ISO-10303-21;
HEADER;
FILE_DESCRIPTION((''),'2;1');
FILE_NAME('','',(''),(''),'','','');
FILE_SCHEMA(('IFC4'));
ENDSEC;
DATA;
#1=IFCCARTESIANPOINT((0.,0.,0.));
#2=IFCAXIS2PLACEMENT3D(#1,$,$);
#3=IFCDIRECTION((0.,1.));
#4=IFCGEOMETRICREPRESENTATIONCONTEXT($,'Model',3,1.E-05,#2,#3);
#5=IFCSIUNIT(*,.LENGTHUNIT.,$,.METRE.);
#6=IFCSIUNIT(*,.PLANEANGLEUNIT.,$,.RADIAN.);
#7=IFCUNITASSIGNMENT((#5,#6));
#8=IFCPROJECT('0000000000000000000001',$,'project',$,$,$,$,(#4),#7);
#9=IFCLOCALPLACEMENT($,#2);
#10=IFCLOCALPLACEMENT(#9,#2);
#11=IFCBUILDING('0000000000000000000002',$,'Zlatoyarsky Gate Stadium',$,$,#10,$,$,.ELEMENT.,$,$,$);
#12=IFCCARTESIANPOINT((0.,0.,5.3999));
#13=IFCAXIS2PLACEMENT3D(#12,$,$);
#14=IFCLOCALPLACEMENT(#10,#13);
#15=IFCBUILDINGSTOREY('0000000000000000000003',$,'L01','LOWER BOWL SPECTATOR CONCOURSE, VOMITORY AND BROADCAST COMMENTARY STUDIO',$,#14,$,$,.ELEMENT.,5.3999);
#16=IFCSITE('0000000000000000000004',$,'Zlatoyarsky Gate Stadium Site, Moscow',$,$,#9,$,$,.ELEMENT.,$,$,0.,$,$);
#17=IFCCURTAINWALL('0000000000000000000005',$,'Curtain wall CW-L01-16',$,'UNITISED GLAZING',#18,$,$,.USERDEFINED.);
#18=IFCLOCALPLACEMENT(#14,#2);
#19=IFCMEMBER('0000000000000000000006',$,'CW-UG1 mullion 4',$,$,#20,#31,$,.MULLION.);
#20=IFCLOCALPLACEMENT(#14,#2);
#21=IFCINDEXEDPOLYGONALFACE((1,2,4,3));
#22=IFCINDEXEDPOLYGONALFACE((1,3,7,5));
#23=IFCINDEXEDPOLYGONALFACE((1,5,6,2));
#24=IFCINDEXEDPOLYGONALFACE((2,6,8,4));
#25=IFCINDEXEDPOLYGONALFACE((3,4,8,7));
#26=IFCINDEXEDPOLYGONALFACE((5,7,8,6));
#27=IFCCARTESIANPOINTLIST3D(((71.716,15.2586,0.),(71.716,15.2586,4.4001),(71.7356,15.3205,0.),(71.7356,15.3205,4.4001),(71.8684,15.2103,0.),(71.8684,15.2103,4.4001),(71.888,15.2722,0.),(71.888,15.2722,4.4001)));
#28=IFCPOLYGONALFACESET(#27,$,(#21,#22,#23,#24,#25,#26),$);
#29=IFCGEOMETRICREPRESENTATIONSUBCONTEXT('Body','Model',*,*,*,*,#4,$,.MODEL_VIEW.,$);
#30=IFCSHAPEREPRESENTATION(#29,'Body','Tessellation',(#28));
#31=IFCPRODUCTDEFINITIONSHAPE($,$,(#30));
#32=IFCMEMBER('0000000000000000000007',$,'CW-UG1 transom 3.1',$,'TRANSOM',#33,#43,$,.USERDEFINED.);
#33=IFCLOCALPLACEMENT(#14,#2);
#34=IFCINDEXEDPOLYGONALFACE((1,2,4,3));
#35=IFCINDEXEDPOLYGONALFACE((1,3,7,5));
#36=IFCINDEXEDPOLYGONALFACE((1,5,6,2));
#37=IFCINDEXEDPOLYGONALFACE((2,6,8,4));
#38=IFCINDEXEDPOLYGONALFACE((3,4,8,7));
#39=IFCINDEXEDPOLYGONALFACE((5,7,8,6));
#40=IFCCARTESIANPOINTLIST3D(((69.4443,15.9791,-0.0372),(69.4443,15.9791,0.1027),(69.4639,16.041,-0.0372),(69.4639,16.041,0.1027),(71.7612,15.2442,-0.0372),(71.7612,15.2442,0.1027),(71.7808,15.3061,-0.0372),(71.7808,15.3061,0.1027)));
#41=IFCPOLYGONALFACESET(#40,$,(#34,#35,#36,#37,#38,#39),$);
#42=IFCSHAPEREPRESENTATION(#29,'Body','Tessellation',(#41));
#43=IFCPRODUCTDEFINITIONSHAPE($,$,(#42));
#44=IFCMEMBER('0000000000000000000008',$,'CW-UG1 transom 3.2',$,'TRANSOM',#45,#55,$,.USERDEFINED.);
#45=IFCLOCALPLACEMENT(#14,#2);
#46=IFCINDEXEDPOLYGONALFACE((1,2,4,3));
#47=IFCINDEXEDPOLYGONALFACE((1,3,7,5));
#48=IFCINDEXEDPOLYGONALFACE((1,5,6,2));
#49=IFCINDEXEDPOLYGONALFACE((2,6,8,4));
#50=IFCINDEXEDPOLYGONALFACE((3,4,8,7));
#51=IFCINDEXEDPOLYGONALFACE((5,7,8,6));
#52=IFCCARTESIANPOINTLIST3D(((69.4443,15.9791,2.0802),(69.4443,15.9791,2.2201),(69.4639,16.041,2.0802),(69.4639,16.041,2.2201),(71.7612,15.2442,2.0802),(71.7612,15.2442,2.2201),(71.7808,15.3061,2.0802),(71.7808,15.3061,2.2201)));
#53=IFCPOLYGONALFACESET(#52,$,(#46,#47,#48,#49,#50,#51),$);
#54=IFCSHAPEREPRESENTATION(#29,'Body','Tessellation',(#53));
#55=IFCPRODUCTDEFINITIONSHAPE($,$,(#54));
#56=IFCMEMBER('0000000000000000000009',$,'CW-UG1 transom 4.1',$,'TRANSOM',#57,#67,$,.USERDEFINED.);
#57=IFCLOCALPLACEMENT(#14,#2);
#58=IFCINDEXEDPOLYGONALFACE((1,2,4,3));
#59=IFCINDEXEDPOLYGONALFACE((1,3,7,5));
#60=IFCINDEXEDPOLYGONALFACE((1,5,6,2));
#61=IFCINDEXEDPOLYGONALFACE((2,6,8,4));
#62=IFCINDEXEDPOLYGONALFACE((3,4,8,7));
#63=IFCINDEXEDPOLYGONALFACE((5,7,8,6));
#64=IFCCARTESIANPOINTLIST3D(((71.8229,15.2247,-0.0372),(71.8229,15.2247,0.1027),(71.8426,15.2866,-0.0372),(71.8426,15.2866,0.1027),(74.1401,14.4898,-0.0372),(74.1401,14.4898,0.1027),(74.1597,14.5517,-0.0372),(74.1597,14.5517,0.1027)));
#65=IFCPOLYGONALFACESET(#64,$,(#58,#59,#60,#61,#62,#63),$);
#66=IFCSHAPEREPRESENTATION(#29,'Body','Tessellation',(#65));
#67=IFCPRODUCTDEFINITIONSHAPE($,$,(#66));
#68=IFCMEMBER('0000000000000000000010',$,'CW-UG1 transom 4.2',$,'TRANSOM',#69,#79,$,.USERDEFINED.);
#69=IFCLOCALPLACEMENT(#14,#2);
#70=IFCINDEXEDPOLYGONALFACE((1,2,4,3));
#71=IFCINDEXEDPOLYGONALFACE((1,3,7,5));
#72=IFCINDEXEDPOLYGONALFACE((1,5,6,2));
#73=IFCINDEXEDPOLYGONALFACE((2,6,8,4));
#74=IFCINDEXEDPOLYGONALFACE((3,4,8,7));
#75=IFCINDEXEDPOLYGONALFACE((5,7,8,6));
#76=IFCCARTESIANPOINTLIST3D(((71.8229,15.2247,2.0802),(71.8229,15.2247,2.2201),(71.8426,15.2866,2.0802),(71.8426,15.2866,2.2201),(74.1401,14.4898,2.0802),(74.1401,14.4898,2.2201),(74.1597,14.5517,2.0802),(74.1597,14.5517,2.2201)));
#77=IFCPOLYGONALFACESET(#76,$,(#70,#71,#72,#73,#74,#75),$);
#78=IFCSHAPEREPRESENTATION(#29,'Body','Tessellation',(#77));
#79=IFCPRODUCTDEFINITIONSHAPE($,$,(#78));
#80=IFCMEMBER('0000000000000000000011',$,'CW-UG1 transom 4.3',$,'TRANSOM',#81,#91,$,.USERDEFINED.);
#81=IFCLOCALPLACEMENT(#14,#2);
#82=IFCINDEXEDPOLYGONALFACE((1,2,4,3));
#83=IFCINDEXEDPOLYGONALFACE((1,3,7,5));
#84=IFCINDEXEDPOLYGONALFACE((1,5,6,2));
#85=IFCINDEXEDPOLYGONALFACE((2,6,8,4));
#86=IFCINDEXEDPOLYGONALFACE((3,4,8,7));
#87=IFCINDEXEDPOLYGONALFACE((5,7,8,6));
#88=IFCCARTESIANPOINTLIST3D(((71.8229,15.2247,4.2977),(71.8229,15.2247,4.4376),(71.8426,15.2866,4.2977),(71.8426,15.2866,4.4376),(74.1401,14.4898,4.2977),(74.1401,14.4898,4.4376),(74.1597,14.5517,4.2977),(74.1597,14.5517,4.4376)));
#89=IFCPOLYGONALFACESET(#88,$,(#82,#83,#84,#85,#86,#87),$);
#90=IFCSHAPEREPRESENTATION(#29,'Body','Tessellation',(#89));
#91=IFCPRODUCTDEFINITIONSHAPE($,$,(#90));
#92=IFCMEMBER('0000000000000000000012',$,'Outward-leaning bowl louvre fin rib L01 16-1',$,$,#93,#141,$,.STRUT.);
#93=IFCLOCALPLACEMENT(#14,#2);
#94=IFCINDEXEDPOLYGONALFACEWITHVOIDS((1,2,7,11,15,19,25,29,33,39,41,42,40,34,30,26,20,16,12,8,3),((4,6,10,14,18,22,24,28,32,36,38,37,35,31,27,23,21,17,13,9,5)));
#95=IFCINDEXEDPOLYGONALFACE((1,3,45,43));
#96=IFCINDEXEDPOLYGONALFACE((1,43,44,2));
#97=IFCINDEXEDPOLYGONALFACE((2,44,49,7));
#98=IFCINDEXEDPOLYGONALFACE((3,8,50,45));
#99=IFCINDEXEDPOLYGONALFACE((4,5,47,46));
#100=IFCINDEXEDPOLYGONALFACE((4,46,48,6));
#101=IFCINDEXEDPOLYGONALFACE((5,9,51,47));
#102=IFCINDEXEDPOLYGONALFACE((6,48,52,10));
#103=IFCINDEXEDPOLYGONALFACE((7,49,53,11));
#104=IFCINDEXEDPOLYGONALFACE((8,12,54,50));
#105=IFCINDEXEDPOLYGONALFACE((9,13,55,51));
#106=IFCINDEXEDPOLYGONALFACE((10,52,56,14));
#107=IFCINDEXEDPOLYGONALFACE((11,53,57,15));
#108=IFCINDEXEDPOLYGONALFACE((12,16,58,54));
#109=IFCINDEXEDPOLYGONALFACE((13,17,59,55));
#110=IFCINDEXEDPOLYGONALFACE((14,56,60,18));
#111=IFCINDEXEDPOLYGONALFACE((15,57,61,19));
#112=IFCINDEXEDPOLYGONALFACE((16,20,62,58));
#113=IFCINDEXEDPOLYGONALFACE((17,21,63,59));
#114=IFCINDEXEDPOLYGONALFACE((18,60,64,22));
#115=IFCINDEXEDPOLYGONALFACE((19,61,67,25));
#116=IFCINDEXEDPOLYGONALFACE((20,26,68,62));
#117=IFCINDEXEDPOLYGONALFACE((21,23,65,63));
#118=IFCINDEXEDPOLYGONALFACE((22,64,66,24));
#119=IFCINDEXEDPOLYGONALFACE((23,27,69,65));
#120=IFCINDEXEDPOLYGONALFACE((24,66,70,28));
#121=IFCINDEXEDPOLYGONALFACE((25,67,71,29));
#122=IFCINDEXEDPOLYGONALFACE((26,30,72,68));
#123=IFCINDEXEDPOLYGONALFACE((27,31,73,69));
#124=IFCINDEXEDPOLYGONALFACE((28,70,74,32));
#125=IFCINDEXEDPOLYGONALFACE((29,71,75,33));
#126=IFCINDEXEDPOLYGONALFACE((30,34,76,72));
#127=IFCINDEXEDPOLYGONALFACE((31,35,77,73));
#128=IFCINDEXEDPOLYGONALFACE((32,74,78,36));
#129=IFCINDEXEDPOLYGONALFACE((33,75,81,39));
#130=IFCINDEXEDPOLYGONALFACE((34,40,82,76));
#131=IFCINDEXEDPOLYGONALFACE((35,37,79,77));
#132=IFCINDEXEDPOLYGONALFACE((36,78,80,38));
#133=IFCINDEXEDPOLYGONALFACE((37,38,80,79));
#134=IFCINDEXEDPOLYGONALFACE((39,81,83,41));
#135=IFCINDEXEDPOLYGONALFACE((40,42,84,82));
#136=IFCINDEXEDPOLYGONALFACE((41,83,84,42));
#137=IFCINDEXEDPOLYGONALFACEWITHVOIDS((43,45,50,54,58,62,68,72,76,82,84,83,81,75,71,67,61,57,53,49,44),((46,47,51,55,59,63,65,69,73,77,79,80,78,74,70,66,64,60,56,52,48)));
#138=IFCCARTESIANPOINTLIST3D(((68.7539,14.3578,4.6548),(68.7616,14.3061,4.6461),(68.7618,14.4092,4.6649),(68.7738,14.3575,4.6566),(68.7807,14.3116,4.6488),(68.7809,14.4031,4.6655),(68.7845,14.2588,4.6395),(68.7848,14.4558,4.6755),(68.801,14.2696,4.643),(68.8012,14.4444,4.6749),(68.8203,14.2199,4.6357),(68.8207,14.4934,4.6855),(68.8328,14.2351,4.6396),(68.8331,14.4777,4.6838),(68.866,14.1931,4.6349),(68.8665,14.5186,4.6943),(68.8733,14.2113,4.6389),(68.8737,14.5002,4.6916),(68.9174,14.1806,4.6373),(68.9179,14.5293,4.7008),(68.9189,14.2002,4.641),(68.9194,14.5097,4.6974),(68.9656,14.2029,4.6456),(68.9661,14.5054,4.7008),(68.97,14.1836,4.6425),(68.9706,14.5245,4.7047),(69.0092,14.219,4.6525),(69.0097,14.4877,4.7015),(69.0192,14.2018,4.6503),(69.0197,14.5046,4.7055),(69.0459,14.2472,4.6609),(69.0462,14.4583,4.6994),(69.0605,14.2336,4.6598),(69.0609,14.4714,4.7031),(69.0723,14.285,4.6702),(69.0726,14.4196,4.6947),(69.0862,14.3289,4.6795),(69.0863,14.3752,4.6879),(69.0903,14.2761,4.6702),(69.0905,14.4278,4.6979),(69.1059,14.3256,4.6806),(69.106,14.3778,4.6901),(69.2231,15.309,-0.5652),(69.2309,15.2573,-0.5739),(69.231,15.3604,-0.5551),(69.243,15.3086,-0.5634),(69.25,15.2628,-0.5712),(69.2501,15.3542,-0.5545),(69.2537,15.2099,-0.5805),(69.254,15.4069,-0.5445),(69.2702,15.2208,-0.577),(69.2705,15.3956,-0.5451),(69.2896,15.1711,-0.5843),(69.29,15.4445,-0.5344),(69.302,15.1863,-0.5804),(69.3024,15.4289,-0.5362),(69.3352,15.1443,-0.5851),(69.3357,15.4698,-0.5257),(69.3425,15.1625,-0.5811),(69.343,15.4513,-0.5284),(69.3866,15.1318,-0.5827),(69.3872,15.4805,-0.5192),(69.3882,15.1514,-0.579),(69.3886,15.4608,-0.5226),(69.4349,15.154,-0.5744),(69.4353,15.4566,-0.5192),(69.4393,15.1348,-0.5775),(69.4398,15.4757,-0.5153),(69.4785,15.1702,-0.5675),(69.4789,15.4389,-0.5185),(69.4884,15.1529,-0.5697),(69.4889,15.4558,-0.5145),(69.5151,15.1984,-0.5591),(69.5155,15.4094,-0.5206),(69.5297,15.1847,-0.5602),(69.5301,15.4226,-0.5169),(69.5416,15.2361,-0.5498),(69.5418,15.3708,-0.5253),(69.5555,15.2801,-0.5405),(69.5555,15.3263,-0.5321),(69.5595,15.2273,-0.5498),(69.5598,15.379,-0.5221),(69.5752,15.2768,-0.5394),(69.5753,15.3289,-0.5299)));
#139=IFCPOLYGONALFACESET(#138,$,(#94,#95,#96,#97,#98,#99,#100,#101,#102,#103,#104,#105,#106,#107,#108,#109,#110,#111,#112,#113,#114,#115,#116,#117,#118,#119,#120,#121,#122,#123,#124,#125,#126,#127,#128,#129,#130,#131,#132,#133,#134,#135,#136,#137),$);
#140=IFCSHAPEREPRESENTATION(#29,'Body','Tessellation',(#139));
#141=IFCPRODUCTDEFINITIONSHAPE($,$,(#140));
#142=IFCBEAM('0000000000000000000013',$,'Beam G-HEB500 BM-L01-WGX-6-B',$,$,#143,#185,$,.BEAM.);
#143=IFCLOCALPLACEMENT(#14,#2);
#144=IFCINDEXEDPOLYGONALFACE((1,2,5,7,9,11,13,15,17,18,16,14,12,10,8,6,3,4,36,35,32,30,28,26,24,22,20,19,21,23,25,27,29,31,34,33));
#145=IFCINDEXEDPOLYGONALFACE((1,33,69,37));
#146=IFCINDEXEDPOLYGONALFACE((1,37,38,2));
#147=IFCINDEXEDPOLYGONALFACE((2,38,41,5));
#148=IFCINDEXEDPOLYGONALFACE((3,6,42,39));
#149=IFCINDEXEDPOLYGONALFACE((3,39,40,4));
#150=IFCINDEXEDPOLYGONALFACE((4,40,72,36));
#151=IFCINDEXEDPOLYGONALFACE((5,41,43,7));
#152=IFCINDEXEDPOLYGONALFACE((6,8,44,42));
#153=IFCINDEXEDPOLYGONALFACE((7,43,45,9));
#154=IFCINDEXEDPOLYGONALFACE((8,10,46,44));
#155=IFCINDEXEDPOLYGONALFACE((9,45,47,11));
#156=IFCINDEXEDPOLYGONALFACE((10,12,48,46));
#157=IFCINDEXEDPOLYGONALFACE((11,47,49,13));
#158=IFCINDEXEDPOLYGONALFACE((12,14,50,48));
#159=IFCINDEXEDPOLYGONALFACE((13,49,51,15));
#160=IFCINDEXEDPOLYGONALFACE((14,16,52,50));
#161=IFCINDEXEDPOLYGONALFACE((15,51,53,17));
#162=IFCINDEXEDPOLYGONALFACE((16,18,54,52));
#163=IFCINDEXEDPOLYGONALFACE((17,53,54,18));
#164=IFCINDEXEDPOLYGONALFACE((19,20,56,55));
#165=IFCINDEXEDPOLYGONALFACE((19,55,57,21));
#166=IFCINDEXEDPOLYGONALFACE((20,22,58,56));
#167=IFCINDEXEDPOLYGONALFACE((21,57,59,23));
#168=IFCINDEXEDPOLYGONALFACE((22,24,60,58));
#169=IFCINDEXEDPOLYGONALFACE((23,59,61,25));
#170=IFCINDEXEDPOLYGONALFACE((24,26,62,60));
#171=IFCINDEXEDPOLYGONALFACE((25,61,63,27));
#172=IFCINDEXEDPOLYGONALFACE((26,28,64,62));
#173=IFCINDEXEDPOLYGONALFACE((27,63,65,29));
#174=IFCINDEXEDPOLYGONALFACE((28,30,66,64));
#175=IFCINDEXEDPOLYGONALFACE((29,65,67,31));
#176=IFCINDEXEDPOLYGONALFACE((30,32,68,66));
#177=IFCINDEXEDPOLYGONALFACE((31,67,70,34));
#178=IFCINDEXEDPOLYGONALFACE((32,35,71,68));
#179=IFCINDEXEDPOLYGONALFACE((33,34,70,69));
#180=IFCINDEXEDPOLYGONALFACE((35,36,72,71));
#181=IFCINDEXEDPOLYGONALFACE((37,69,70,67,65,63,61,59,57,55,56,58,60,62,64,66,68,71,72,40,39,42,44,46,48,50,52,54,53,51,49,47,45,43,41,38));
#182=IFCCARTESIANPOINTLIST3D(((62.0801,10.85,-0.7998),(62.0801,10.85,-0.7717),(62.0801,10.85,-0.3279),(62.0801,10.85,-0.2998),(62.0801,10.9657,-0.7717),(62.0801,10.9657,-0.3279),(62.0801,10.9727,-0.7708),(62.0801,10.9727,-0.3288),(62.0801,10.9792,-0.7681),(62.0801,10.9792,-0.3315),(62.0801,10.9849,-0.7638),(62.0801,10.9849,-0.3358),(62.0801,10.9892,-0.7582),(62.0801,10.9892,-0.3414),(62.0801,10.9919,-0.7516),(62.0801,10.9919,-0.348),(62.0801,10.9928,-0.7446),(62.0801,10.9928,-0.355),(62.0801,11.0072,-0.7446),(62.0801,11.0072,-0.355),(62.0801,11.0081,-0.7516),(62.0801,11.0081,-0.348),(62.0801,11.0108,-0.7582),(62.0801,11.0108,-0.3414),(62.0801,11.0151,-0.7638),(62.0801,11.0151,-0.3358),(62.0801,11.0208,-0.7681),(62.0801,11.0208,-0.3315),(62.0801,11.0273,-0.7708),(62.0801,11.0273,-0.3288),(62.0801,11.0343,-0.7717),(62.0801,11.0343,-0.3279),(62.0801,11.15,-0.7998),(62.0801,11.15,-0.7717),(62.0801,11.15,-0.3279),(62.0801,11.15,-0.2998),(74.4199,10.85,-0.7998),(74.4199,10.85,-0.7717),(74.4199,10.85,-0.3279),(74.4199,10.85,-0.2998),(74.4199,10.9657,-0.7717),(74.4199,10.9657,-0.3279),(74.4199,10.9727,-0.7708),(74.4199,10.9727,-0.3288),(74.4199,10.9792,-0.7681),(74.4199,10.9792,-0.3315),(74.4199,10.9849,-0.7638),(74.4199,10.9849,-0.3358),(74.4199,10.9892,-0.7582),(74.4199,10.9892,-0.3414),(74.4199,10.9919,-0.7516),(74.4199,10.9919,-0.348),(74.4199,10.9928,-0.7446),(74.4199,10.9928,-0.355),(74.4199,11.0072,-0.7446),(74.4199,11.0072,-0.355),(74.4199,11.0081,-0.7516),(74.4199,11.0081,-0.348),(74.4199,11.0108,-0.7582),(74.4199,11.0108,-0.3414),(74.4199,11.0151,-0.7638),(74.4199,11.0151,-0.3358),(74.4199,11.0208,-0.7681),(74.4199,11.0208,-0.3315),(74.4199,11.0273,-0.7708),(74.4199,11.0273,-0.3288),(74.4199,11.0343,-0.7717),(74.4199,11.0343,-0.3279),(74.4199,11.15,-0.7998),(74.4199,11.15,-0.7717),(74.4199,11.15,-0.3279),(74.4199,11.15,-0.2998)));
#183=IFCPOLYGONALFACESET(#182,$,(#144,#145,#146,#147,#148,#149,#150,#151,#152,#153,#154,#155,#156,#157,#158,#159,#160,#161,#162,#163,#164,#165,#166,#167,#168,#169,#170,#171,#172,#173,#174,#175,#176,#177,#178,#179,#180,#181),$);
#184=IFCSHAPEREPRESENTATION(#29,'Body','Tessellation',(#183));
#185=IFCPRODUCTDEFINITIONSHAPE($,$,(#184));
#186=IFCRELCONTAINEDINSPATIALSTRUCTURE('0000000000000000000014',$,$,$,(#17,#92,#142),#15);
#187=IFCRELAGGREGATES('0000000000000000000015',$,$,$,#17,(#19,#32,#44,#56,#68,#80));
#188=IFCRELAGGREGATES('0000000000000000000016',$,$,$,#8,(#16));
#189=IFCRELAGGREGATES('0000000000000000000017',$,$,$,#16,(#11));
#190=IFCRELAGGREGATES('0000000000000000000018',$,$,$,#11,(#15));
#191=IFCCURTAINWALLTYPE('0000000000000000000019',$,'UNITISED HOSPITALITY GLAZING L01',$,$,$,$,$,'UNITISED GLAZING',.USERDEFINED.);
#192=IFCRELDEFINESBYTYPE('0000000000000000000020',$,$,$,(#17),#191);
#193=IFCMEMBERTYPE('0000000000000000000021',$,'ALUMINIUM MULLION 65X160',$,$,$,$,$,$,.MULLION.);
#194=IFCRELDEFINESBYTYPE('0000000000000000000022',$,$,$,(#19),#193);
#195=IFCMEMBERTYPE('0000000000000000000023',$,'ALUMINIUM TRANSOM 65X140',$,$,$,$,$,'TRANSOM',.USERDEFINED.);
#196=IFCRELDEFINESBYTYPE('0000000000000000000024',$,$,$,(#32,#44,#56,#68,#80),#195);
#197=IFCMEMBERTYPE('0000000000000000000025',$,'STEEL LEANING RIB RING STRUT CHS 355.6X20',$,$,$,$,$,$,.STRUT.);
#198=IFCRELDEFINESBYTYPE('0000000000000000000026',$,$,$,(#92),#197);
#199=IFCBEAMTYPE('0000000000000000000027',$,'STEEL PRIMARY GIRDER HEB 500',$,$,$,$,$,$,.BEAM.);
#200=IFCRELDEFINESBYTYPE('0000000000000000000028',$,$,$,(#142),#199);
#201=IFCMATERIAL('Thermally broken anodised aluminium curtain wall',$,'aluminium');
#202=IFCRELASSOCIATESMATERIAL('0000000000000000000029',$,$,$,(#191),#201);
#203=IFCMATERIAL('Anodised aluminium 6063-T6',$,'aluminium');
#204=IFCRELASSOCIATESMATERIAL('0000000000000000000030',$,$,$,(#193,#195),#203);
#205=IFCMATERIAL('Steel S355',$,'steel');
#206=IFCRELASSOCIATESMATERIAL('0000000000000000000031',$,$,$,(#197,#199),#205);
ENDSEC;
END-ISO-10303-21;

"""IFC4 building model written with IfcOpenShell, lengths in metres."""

from ifc_helpers import new_model, si_unit, direction, frame, origin, origin_2d, place, context, subcontext, project, spatial, rectangle, hollow_circle, i_section, extrude, material, material_profile, profile_set, type_object, element, aggregate, save


model = new_model("IFC4")

# Units and contexts
model_context = context("Model", 3, precision=1e-05, world=origin(), true_north=direction((0.0, 1.0)))
body_context = subcontext(model_context, "Body", "Model", "MODEL_VIEW")
ifc_project = project(units=[si_unit("LENGTHUNIT", "METRE"), si_unit("PLANEANGLEUNIT", "RADIAN")], contexts=[model_context])

# Site, building, storey
site_placement = place(None, origin())
site = spatial("IfcSite", under=ifc_project, at=site_placement, Name="Zlatoyarsky Gate Stadium Site, Moscow", CompositionType="ELEMENT", RefElevation=0.0)
building_placement = place(site_placement, origin())
building = spatial("IfcBuilding", under=site, at=building_placement, Name="Zlatoyarsky Gate Stadium", CompositionType="ELEMENT")
storey_placement = place(building_placement, frame((0.0, 0.0, 5.3999)))
storey = spatial("IfcBuildingStorey", under=building, at=storey_placement, Name="L01", Description="LOWER BOWL SPECTATOR CONCOURSE, VOMITORY AND BROADCAST COMMENTARY STUDIO", CompositionType="ELEMENT", Elevation=5.3999)

# Curtain wall, members
ifc_material_1 = material(Name="Thermally broken anodised aluminium curtain wall", Category="aluminium")
curtain_wall_type = type_object("IfcCurtainWallType", Name="UNITISED HOSPITALITY GLAZING L01", ElementType="UNITISED GLAZING", PredefinedType="USERDEFINED", material=ifc_material_1)
curtain_wall_placement = place(storey_placement, origin())
curtain_wall = element("IfcCurtainWall", 1, at=curtain_wall_placement, inside=storey, type_object=curtain_wall_type, Name="Curtain wall CW-L01-16", ObjectType="UNITISED GLAZING", PredefinedType="USERDEFINED")
ifc_material_2 = material(Name="Anodised aluminium 6063-T6", Category="aluminium")
ifc_material_profile_1 = material_profile(ifc_material_2, rectangle(XDim=0.0649, YDim=0.1599, at=origin_2d()), Name="ALU 65X160")
ifc_profile_set_1 = profile_set([ifc_material_profile_1], Name="Anodised aluminium 6063-T6")
member_type_1 = type_object("IfcMemberType", Name="ALUMINIUM MULLION 65X160", PredefinedType="MULLION", material=ifc_profile_set_1)
member_1_placement = place(storey_placement, frame((71.802, 15.2654, 0.0), z_axis=(0.0, 0.0, 1.0), x_axis=(0.302334, 0.953202, 0.0)))
member_1 = element("IfcMember", 2, at=member_1_placement, type_object=member_type_1, Name="CW-UG1 mullion 4", PredefinedType="MULLION", context=body_context, shape_type="SweptSolid", body=[
    extrude(rectangle(XDim=0.0649, YDim=0.1599, at=origin_2d()), origin(), (0.0, 0.0, 1.0), 4.4001),
])
ifc_material_profile_2 = material_profile(ifc_material_2, rectangle(XDim=0.0649, YDim=0.1399, at=origin_2d()), Name="ALU 65X140")
ifc_profile_set_2 = profile_set([ifc_material_profile_2], Name="Anodised aluminium 6063-T6")
member_type_2 = type_object("IfcMemberType", Name="ALUMINIUM TRANSOM 65X140", ElementType="TRANSOM", PredefinedType="USERDEFINED", material=ifc_profile_set_2)
member_2_placement = place(storey_placement, frame((69.4541, 16.01, 0.0327), z_axis=(0.953202, -0.302333, 0.0), x_axis=(0.302333, 0.953202, 0.0)))
member_2 = element("IfcMember", 3, at=member_2_placement, type_object=member_type_2, Name="CW-UG1 transom 3.1", ObjectType="TRANSOM", PredefinedType="USERDEFINED", context=body_context, shape_type="SweptSolid", body=[
    extrude(rectangle(XDim=0.0649, YDim=0.1399, at=origin_2d()), origin(), (0.0, 0.0, 1.0), 2.4307),
])
member_3_placement = place(storey_placement, frame((69.4541, 16.01, 2.1501), z_axis=(0.953202, -0.302333, 0.0), x_axis=(0.302333, 0.953202, 0.0)))
member_3 = element("IfcMember", 4, at=member_3_placement, type_object=member_type_2, Name="CW-UG1 transom 3.2", ObjectType="TRANSOM", PredefinedType="USERDEFINED", context=body_context, shape_type="SweptSolid", body=[
    extrude(rectangle(XDim=0.0649, YDim=0.1399, at=origin_2d()), origin(), (0.0, 0.0, 1.0), 2.4307),
])
member_4_placement = place(storey_placement, frame((71.8328, 15.2556, 0.0327), z_axis=(0.953212, -0.302304, 0.0), x_axis=(0.302304, 0.953212, 0.0)))
member_4 = element("IfcMember", 5, at=member_4_placement, type_object=member_type_2, Name="CW-UG1 transom 4.1", ObjectType="TRANSOM", PredefinedType="USERDEFINED", context=body_context, shape_type="SweptSolid", body=[
    extrude(rectangle(XDim=0.0649, YDim=0.1399, at=origin_2d()), origin(), (0.0, 0.0, 1.0), 2.4309),
])
member_5_placement = place(storey_placement, frame((71.8328, 15.2556, 2.1501), z_axis=(0.953212, -0.302304, 0.0), x_axis=(0.302304, 0.953212, 0.0)))
member_5 = element("IfcMember", 6, at=member_5_placement, type_object=member_type_2, Name="CW-UG1 transom 4.2", ObjectType="TRANSOM", PredefinedType="USERDEFINED", context=body_context, shape_type="SweptSolid", body=[
    extrude(rectangle(XDim=0.0649, YDim=0.1399, at=origin_2d()), origin(), (0.0, 0.0, 1.0), 2.4309),
])
member_6_placement = place(storey_placement, frame((71.8328, 15.2556, 4.3677), z_axis=(0.953212, -0.302304, 0.0), x_axis=(0.302304, 0.953212, 0.0)))
member_6 = element("IfcMember", 7, at=member_6_placement, type_object=member_type_2, Name="CW-UG1 transom 4.3", ObjectType="TRANSOM", PredefinedType="USERDEFINED", context=body_context, shape_type="SweptSolid", body=[
    extrude(rectangle(XDim=0.0649, YDim=0.1399, at=origin_2d()), origin(), (0.0, 0.0, 1.0), 2.4309),
])

# Member
ifc_material_3 = material(Name="Steel S355", Category="steel")
ifc_material_profile_3 = material_profile(ifc_material_3, hollow_circle(Radius=0.1777, WallThickness=0.02, at=origin_2d()), Name="CHS 355.6X20")
ifc_profile_set_3 = profile_set([ifc_material_profile_3], Name="Steel S355")
member_type_3 = type_object("IfcMemberType", Name="STEEL LEANING RIB RING STRUT CHS 355.6X20", PredefinedType="STRUT", material=ifc_profile_set_3)
member_7_placement = place(storey_placement, frame((69.4001, 15.3059, -0.5498), z_axis=(-0.088093, -0.178569, 0.979976), x_axis=(0.896808, -0.442419, 0.0)))
element("IfcMember", 8, at=member_7_placement, inside=storey, type_object=member_type_3, Name="Outward-leaning bowl louvre fin rib L01 16-1", PredefinedType="STRUT", context=body_context, shape_type="SweptSolid", body=[
    extrude(hollow_circle(Radius=0.1777, WallThickness=0.02, at=origin_2d()), origin(), (0.0, 0.0, 1.0), 5.3267),
])

# Beam
ifc_material_profile_4 = material_profile(ifc_material_3, i_section(OverallWidth=0.3, OverallDepth=0.5, WebThickness=0.0144, FlangeThickness=0.0281, FilletRadius=0.0271, at=origin_2d()), Name="HEB 500")
ifc_profile_set_4 = profile_set([ifc_material_profile_4], Name="Steel S355")
beam_type = type_object("IfcBeamType", Name="STEEL PRIMARY GIRDER HEB 500", PredefinedType="BEAM", material=ifc_profile_set_4)
beam_placement = place(storey_placement, frame((62.0801, 11.0, -0.5498), z_axis=(1.0, 0.0, 0.0), x_axis=(0.0, 1.0, 0.0)))
element("IfcBeam", 9, at=beam_placement, inside=storey, type_object=beam_type, Name="Beam G-HEB500 BM-L01-WGX-6-B", PredefinedType="BEAM", context=body_context, shape_type="SweptSolid", body=[
    extrude(i_section(OverallWidth=0.3, OverallDepth=0.5, WebThickness=0.0144, FlangeThickness=0.0281, FilletRadius=0.0271, at=origin_2d()), origin(), (0.0, 0.0, 1.0), 12.3398),
])

aggregate(curtain_wall, [member_1, member_2, member_3, member_4, member_5, member_6])

save(model, "model.ifc")
